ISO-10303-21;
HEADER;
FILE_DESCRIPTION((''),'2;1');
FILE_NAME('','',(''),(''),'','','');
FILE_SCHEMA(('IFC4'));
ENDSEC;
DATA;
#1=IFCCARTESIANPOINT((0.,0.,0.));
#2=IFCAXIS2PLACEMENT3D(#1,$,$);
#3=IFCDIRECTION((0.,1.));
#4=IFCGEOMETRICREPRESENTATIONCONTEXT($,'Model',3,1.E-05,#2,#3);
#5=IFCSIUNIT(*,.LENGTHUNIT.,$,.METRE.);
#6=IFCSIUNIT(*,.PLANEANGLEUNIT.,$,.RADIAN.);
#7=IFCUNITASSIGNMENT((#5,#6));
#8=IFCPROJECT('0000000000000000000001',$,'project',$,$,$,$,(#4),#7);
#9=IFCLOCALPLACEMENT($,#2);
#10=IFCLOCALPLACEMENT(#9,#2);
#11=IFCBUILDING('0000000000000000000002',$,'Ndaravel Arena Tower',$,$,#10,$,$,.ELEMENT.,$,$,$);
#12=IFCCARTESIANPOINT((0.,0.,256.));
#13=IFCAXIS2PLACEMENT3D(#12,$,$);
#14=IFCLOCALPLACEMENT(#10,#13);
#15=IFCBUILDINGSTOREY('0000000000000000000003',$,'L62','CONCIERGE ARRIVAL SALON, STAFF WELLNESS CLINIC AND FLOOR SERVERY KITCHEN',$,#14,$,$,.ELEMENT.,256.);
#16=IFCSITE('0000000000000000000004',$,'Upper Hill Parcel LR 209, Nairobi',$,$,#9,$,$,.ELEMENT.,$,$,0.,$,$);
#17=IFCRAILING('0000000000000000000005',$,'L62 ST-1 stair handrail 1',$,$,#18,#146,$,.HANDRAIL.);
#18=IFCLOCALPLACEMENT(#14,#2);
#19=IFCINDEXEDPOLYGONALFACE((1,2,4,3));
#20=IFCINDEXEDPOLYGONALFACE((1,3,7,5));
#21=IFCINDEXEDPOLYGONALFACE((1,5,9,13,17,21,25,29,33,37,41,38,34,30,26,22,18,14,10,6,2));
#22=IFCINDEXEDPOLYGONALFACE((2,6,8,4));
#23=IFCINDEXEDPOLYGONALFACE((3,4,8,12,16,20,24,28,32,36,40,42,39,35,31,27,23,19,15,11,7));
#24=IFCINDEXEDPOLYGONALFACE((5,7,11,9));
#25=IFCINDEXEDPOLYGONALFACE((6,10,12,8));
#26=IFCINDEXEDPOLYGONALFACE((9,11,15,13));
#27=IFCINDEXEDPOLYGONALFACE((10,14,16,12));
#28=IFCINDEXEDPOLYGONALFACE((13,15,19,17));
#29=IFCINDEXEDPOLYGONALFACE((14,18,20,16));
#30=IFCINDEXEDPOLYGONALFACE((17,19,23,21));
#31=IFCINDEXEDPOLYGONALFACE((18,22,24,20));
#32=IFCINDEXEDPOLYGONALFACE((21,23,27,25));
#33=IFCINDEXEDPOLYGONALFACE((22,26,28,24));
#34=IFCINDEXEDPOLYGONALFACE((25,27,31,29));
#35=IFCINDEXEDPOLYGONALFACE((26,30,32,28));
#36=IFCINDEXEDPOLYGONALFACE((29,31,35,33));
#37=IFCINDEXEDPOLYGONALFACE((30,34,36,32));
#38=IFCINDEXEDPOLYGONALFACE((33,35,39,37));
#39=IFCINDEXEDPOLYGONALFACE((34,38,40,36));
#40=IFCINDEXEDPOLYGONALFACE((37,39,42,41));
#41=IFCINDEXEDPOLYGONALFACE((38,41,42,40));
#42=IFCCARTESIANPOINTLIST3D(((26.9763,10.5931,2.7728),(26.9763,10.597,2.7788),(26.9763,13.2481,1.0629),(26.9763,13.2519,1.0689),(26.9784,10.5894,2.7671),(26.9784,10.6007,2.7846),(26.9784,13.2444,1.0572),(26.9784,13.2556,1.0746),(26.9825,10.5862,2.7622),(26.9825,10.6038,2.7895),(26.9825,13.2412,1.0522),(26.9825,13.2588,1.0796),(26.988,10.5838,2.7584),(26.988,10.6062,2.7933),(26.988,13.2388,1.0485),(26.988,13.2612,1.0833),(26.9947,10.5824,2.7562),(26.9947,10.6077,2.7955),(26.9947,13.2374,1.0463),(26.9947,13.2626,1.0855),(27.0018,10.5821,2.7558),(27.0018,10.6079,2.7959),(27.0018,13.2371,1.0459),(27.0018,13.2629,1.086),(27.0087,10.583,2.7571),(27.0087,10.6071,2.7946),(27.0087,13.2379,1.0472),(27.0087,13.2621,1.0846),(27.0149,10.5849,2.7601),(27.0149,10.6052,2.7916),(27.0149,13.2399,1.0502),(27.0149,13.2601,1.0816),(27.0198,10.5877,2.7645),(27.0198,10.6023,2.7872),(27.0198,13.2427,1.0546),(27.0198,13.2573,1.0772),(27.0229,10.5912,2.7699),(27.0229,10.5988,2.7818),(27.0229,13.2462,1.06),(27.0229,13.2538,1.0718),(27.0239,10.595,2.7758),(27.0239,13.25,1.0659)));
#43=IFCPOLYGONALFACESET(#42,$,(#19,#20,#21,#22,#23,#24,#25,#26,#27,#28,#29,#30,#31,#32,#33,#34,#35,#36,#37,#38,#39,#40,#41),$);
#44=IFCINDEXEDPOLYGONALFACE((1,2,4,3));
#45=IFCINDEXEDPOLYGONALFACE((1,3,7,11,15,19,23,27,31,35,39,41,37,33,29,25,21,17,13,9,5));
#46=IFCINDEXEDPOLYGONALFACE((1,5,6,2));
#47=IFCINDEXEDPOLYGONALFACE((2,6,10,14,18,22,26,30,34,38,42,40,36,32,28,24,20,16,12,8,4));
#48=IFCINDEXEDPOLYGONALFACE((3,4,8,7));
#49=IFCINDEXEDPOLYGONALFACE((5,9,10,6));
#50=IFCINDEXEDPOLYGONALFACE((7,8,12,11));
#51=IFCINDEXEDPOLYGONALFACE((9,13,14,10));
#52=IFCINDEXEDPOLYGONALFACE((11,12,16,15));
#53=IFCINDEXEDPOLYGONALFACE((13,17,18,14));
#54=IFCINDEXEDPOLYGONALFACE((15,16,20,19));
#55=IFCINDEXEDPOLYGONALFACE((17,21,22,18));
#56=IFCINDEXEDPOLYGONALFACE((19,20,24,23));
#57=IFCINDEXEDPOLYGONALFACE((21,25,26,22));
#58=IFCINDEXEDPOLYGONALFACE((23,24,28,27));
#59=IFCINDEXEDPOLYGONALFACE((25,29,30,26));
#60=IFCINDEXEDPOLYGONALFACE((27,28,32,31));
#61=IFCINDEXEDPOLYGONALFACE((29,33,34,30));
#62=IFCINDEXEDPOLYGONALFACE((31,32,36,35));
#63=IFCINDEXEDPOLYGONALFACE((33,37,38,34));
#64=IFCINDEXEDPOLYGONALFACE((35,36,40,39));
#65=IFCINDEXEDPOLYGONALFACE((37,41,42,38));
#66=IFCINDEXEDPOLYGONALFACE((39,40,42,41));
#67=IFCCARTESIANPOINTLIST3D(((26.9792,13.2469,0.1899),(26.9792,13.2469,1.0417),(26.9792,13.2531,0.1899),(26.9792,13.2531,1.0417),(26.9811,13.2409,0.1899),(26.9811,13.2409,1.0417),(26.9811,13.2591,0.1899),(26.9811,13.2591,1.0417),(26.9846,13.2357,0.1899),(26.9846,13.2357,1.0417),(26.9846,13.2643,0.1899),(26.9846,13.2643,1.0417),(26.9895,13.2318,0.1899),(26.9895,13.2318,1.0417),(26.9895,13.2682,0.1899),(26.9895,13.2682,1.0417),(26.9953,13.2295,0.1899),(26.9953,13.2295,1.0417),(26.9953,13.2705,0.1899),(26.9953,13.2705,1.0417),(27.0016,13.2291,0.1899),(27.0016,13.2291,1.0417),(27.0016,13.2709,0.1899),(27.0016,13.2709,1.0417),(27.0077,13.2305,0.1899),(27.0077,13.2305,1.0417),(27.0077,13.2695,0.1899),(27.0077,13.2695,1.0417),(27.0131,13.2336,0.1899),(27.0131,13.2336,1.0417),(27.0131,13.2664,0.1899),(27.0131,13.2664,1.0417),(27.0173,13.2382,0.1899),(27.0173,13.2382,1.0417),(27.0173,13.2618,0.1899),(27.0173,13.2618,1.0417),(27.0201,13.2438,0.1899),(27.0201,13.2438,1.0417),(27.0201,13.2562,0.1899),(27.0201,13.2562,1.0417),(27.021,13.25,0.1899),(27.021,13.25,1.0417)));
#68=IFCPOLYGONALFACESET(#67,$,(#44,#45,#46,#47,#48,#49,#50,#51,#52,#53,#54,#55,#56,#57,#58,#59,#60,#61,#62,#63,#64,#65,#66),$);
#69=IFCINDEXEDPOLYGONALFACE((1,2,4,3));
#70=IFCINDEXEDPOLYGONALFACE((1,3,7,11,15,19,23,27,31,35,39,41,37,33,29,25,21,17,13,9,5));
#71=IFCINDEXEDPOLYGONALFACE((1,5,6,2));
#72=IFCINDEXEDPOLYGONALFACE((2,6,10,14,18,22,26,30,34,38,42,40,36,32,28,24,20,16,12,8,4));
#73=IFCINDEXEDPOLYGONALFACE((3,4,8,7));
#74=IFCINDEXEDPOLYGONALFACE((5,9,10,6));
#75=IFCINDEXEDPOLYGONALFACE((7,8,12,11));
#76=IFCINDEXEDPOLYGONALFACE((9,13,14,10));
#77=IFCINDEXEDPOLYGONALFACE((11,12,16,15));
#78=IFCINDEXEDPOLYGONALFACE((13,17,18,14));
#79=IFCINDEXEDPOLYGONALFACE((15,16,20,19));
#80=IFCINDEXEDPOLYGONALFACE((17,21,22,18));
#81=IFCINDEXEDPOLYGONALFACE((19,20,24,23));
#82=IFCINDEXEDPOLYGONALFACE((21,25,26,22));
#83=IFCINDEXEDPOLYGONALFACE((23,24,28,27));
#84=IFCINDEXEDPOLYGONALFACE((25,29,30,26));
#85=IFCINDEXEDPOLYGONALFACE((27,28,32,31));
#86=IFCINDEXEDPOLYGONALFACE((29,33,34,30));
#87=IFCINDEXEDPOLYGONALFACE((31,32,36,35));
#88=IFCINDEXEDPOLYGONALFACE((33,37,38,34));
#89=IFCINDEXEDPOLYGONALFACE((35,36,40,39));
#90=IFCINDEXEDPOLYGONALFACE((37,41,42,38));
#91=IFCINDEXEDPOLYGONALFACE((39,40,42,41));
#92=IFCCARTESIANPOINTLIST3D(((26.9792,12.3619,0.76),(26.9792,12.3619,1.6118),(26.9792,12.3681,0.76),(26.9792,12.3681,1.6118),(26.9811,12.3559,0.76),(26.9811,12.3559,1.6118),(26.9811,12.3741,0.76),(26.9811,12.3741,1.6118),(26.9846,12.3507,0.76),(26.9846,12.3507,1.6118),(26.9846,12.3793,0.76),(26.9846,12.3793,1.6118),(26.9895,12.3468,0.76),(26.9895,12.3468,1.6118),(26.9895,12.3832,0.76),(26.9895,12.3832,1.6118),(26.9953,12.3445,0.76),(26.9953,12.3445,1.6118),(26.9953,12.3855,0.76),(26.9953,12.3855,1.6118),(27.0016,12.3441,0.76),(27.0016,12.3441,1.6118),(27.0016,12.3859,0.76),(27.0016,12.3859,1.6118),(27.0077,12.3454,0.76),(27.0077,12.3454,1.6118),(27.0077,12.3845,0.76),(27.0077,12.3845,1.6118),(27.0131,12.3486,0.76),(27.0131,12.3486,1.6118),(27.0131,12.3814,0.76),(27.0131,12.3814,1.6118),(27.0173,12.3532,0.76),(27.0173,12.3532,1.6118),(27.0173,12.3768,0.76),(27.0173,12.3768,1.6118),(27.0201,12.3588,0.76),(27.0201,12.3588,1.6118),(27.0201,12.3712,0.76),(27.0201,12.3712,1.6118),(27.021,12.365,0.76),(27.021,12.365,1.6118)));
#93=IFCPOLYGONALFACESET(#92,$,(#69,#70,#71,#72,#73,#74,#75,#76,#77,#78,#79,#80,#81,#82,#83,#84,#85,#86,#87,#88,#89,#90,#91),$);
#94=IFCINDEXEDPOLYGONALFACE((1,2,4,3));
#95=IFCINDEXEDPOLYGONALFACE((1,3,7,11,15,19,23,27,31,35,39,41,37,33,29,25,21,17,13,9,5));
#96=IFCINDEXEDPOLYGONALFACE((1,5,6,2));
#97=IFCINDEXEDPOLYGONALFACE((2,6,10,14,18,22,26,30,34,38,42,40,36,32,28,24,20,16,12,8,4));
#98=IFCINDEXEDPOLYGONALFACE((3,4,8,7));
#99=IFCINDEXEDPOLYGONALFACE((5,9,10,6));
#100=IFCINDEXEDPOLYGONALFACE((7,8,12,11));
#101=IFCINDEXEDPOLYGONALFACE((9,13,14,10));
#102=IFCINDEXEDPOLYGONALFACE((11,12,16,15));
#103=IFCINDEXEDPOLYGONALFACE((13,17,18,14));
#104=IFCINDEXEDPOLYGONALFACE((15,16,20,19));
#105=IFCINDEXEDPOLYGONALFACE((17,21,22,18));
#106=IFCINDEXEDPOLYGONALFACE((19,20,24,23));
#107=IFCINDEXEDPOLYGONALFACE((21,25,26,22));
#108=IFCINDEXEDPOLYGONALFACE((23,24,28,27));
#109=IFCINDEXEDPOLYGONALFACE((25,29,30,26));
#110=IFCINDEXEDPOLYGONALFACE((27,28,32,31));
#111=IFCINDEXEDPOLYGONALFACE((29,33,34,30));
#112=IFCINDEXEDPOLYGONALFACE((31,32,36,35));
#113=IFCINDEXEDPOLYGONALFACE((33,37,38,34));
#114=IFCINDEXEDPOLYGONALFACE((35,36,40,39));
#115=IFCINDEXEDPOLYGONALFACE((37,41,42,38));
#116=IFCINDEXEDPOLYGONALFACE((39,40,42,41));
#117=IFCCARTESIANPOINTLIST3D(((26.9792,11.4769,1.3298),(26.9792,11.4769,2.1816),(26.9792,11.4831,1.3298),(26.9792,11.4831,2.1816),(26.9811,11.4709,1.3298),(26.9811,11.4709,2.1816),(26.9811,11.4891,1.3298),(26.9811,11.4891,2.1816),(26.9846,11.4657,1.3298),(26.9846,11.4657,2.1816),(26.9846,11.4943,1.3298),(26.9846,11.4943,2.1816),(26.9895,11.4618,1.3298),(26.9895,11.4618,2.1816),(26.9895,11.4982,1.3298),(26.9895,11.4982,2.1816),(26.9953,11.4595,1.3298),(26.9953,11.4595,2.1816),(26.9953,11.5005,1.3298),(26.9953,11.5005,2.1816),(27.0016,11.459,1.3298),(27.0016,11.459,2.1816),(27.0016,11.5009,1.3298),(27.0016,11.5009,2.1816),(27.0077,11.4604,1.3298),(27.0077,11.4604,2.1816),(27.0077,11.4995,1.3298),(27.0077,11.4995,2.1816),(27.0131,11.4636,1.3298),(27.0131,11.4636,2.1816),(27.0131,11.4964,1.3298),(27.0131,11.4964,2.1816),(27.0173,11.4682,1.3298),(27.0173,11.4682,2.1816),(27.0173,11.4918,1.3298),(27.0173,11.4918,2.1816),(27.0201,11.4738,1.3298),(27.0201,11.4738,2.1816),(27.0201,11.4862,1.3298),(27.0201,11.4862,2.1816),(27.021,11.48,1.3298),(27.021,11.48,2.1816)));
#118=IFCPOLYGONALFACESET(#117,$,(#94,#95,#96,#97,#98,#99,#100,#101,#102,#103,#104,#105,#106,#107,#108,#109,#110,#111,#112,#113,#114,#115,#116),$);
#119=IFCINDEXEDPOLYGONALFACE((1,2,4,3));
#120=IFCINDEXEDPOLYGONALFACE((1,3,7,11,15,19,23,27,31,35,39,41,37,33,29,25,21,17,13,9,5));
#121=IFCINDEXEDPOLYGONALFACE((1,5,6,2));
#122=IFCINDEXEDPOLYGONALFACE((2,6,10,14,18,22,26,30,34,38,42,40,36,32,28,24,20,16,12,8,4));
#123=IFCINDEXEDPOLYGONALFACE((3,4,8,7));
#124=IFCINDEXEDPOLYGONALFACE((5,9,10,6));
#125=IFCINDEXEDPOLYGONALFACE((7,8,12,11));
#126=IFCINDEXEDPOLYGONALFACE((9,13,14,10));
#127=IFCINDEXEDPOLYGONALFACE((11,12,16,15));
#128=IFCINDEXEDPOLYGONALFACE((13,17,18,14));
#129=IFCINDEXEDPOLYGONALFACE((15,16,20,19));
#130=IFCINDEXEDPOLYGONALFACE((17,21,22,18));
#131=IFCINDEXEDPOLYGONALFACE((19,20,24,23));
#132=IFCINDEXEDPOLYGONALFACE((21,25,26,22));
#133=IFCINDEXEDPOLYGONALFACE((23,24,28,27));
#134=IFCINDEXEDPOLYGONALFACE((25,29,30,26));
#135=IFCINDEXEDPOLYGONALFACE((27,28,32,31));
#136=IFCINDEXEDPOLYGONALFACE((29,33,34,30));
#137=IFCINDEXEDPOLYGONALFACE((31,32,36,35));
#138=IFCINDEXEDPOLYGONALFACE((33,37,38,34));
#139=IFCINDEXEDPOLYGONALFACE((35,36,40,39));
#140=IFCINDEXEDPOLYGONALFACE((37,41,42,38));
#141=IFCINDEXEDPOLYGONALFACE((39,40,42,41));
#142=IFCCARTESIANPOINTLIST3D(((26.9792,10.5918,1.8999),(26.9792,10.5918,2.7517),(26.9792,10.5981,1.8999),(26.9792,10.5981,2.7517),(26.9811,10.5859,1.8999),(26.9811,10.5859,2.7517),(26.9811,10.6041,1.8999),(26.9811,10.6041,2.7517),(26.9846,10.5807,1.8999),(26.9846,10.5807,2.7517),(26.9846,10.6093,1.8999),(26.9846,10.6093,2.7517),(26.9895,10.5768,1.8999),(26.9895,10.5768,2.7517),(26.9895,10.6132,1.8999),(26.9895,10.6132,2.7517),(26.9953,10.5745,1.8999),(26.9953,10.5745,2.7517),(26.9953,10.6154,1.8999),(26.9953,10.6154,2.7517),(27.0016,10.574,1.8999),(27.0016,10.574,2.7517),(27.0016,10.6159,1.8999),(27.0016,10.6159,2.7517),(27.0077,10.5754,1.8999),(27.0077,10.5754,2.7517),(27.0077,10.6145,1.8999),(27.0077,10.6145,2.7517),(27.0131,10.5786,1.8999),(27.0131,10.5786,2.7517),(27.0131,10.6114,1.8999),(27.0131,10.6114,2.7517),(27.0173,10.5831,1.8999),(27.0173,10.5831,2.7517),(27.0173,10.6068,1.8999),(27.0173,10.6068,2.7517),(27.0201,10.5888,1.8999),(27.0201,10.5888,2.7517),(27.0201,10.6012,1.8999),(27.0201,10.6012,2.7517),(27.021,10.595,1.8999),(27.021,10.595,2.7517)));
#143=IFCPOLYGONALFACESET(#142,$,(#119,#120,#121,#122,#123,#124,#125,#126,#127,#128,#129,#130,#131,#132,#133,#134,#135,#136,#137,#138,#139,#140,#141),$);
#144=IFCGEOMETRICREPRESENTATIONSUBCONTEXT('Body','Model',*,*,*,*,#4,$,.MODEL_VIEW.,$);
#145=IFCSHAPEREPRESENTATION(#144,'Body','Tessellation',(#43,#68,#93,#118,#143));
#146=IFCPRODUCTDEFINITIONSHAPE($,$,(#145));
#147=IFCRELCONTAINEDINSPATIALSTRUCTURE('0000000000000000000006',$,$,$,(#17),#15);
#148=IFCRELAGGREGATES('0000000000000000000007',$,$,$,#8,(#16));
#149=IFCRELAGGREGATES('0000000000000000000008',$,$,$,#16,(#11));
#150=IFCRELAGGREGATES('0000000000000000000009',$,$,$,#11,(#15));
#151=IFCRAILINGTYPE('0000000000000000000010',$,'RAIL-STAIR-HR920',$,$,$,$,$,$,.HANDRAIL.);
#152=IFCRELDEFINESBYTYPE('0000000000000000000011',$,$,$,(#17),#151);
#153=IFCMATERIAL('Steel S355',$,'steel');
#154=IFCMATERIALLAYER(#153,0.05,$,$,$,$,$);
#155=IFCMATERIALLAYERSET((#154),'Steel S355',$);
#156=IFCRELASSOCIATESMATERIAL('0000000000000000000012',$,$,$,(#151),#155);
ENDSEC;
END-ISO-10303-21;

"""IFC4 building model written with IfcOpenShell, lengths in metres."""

from ifc_helpers import new_model, si_unit, direction, frame, origin, origin_2d, place, context, subcontext, project, spatial, circle, extrude, material, layer, layer_set, type_object, element, save


model = new_model("IFC4")

# Units and contexts
model_context = context("Model", 3, precision=1e-05, world=origin(), true_north=direction((0.0, 1.0)))
body_context = subcontext(model_context, "Body", "Model", "MODEL_VIEW")
ifc_project = project(units=[si_unit("LENGTHUNIT", "METRE"), si_unit("PLANEANGLEUNIT", "RADIAN")], contexts=[model_context])

# Site, building, storey
site_placement = place(None, origin())
site = spatial("IfcSite", under=ifc_project, at=site_placement, Name="Upper Hill Parcel LR 209, Nairobi", CompositionType="ELEMENT", RefElevation=0.0)
building_placement = place(site_placement, origin())
building = spatial("IfcBuilding", under=site, at=building_placement, Name="Ndaravel Arena Tower", CompositionType="ELEMENT")
storey_placement = place(building_placement, frame((0.0, 0.0, 256.0)))
storey = spatial("IfcBuildingStorey", under=building, at=storey_placement, Name="L62", Description="CONCIERGE ARRIVAL SALON, STAFF WELLNESS CLINIC AND FLOOR SERVERY KITCHEN", CompositionType="ELEMENT", Elevation=256.0)

# Railing
ifc_material_1 = material(Name="Steel S355", Category="steel")
ifc_layer_1 = layer(ifc_material_1, 0.05)
ifc_layer_set_1 = layer_set([ifc_layer_1], Name="Steel S355")
railing_type_1 = type_object("IfcRailingType", Name="RAIL-STAIR-HR920", PredefinedType="HANDRAIL", material=ifc_layer_set_1)
railing_1_placement = place(storey_placement, frame((27.0, 13.25, 0.1899)))
element("IfcRailing", 1, at=railing_1_placement, inside=storey, type_object=railing_type_1, Name="L62 ST-1 stair handrail 1", PredefinedType="HANDRAIL", context=body_context, shape_type="SweptSolid", body=[
    extrude(circle(Radius=0.0239, at=origin_2d()), frame((0.0, 0.0, 0.876), z_axis=(0.0, -0.840724, 0.541465), x_axis=(1.0, 0.0, 0.0)), (0.0, 0.0, 1.0), 3.158),
    extrude(circle(Radius=0.021, at=origin_2d()), origin(), (0.0, 0.0, 1.0), 0.8518),
    extrude(circle(Radius=0.021, at=origin_2d()), frame((0.0, -0.885, 0.5701)), (0.0, 0.0, 1.0), 0.8518),
    extrude(circle(Radius=0.021, at=origin_2d()), frame((0.0, -1.77, 1.1399)), (0.0, 0.0, 1.0), 0.8518),
    extrude(circle(Radius=0.021, at=origin_2d()), frame((0.0, -2.655, 1.71)), (0.0, 0.0, 1.0), 0.8518),
])

save(model, "model.ifc")
